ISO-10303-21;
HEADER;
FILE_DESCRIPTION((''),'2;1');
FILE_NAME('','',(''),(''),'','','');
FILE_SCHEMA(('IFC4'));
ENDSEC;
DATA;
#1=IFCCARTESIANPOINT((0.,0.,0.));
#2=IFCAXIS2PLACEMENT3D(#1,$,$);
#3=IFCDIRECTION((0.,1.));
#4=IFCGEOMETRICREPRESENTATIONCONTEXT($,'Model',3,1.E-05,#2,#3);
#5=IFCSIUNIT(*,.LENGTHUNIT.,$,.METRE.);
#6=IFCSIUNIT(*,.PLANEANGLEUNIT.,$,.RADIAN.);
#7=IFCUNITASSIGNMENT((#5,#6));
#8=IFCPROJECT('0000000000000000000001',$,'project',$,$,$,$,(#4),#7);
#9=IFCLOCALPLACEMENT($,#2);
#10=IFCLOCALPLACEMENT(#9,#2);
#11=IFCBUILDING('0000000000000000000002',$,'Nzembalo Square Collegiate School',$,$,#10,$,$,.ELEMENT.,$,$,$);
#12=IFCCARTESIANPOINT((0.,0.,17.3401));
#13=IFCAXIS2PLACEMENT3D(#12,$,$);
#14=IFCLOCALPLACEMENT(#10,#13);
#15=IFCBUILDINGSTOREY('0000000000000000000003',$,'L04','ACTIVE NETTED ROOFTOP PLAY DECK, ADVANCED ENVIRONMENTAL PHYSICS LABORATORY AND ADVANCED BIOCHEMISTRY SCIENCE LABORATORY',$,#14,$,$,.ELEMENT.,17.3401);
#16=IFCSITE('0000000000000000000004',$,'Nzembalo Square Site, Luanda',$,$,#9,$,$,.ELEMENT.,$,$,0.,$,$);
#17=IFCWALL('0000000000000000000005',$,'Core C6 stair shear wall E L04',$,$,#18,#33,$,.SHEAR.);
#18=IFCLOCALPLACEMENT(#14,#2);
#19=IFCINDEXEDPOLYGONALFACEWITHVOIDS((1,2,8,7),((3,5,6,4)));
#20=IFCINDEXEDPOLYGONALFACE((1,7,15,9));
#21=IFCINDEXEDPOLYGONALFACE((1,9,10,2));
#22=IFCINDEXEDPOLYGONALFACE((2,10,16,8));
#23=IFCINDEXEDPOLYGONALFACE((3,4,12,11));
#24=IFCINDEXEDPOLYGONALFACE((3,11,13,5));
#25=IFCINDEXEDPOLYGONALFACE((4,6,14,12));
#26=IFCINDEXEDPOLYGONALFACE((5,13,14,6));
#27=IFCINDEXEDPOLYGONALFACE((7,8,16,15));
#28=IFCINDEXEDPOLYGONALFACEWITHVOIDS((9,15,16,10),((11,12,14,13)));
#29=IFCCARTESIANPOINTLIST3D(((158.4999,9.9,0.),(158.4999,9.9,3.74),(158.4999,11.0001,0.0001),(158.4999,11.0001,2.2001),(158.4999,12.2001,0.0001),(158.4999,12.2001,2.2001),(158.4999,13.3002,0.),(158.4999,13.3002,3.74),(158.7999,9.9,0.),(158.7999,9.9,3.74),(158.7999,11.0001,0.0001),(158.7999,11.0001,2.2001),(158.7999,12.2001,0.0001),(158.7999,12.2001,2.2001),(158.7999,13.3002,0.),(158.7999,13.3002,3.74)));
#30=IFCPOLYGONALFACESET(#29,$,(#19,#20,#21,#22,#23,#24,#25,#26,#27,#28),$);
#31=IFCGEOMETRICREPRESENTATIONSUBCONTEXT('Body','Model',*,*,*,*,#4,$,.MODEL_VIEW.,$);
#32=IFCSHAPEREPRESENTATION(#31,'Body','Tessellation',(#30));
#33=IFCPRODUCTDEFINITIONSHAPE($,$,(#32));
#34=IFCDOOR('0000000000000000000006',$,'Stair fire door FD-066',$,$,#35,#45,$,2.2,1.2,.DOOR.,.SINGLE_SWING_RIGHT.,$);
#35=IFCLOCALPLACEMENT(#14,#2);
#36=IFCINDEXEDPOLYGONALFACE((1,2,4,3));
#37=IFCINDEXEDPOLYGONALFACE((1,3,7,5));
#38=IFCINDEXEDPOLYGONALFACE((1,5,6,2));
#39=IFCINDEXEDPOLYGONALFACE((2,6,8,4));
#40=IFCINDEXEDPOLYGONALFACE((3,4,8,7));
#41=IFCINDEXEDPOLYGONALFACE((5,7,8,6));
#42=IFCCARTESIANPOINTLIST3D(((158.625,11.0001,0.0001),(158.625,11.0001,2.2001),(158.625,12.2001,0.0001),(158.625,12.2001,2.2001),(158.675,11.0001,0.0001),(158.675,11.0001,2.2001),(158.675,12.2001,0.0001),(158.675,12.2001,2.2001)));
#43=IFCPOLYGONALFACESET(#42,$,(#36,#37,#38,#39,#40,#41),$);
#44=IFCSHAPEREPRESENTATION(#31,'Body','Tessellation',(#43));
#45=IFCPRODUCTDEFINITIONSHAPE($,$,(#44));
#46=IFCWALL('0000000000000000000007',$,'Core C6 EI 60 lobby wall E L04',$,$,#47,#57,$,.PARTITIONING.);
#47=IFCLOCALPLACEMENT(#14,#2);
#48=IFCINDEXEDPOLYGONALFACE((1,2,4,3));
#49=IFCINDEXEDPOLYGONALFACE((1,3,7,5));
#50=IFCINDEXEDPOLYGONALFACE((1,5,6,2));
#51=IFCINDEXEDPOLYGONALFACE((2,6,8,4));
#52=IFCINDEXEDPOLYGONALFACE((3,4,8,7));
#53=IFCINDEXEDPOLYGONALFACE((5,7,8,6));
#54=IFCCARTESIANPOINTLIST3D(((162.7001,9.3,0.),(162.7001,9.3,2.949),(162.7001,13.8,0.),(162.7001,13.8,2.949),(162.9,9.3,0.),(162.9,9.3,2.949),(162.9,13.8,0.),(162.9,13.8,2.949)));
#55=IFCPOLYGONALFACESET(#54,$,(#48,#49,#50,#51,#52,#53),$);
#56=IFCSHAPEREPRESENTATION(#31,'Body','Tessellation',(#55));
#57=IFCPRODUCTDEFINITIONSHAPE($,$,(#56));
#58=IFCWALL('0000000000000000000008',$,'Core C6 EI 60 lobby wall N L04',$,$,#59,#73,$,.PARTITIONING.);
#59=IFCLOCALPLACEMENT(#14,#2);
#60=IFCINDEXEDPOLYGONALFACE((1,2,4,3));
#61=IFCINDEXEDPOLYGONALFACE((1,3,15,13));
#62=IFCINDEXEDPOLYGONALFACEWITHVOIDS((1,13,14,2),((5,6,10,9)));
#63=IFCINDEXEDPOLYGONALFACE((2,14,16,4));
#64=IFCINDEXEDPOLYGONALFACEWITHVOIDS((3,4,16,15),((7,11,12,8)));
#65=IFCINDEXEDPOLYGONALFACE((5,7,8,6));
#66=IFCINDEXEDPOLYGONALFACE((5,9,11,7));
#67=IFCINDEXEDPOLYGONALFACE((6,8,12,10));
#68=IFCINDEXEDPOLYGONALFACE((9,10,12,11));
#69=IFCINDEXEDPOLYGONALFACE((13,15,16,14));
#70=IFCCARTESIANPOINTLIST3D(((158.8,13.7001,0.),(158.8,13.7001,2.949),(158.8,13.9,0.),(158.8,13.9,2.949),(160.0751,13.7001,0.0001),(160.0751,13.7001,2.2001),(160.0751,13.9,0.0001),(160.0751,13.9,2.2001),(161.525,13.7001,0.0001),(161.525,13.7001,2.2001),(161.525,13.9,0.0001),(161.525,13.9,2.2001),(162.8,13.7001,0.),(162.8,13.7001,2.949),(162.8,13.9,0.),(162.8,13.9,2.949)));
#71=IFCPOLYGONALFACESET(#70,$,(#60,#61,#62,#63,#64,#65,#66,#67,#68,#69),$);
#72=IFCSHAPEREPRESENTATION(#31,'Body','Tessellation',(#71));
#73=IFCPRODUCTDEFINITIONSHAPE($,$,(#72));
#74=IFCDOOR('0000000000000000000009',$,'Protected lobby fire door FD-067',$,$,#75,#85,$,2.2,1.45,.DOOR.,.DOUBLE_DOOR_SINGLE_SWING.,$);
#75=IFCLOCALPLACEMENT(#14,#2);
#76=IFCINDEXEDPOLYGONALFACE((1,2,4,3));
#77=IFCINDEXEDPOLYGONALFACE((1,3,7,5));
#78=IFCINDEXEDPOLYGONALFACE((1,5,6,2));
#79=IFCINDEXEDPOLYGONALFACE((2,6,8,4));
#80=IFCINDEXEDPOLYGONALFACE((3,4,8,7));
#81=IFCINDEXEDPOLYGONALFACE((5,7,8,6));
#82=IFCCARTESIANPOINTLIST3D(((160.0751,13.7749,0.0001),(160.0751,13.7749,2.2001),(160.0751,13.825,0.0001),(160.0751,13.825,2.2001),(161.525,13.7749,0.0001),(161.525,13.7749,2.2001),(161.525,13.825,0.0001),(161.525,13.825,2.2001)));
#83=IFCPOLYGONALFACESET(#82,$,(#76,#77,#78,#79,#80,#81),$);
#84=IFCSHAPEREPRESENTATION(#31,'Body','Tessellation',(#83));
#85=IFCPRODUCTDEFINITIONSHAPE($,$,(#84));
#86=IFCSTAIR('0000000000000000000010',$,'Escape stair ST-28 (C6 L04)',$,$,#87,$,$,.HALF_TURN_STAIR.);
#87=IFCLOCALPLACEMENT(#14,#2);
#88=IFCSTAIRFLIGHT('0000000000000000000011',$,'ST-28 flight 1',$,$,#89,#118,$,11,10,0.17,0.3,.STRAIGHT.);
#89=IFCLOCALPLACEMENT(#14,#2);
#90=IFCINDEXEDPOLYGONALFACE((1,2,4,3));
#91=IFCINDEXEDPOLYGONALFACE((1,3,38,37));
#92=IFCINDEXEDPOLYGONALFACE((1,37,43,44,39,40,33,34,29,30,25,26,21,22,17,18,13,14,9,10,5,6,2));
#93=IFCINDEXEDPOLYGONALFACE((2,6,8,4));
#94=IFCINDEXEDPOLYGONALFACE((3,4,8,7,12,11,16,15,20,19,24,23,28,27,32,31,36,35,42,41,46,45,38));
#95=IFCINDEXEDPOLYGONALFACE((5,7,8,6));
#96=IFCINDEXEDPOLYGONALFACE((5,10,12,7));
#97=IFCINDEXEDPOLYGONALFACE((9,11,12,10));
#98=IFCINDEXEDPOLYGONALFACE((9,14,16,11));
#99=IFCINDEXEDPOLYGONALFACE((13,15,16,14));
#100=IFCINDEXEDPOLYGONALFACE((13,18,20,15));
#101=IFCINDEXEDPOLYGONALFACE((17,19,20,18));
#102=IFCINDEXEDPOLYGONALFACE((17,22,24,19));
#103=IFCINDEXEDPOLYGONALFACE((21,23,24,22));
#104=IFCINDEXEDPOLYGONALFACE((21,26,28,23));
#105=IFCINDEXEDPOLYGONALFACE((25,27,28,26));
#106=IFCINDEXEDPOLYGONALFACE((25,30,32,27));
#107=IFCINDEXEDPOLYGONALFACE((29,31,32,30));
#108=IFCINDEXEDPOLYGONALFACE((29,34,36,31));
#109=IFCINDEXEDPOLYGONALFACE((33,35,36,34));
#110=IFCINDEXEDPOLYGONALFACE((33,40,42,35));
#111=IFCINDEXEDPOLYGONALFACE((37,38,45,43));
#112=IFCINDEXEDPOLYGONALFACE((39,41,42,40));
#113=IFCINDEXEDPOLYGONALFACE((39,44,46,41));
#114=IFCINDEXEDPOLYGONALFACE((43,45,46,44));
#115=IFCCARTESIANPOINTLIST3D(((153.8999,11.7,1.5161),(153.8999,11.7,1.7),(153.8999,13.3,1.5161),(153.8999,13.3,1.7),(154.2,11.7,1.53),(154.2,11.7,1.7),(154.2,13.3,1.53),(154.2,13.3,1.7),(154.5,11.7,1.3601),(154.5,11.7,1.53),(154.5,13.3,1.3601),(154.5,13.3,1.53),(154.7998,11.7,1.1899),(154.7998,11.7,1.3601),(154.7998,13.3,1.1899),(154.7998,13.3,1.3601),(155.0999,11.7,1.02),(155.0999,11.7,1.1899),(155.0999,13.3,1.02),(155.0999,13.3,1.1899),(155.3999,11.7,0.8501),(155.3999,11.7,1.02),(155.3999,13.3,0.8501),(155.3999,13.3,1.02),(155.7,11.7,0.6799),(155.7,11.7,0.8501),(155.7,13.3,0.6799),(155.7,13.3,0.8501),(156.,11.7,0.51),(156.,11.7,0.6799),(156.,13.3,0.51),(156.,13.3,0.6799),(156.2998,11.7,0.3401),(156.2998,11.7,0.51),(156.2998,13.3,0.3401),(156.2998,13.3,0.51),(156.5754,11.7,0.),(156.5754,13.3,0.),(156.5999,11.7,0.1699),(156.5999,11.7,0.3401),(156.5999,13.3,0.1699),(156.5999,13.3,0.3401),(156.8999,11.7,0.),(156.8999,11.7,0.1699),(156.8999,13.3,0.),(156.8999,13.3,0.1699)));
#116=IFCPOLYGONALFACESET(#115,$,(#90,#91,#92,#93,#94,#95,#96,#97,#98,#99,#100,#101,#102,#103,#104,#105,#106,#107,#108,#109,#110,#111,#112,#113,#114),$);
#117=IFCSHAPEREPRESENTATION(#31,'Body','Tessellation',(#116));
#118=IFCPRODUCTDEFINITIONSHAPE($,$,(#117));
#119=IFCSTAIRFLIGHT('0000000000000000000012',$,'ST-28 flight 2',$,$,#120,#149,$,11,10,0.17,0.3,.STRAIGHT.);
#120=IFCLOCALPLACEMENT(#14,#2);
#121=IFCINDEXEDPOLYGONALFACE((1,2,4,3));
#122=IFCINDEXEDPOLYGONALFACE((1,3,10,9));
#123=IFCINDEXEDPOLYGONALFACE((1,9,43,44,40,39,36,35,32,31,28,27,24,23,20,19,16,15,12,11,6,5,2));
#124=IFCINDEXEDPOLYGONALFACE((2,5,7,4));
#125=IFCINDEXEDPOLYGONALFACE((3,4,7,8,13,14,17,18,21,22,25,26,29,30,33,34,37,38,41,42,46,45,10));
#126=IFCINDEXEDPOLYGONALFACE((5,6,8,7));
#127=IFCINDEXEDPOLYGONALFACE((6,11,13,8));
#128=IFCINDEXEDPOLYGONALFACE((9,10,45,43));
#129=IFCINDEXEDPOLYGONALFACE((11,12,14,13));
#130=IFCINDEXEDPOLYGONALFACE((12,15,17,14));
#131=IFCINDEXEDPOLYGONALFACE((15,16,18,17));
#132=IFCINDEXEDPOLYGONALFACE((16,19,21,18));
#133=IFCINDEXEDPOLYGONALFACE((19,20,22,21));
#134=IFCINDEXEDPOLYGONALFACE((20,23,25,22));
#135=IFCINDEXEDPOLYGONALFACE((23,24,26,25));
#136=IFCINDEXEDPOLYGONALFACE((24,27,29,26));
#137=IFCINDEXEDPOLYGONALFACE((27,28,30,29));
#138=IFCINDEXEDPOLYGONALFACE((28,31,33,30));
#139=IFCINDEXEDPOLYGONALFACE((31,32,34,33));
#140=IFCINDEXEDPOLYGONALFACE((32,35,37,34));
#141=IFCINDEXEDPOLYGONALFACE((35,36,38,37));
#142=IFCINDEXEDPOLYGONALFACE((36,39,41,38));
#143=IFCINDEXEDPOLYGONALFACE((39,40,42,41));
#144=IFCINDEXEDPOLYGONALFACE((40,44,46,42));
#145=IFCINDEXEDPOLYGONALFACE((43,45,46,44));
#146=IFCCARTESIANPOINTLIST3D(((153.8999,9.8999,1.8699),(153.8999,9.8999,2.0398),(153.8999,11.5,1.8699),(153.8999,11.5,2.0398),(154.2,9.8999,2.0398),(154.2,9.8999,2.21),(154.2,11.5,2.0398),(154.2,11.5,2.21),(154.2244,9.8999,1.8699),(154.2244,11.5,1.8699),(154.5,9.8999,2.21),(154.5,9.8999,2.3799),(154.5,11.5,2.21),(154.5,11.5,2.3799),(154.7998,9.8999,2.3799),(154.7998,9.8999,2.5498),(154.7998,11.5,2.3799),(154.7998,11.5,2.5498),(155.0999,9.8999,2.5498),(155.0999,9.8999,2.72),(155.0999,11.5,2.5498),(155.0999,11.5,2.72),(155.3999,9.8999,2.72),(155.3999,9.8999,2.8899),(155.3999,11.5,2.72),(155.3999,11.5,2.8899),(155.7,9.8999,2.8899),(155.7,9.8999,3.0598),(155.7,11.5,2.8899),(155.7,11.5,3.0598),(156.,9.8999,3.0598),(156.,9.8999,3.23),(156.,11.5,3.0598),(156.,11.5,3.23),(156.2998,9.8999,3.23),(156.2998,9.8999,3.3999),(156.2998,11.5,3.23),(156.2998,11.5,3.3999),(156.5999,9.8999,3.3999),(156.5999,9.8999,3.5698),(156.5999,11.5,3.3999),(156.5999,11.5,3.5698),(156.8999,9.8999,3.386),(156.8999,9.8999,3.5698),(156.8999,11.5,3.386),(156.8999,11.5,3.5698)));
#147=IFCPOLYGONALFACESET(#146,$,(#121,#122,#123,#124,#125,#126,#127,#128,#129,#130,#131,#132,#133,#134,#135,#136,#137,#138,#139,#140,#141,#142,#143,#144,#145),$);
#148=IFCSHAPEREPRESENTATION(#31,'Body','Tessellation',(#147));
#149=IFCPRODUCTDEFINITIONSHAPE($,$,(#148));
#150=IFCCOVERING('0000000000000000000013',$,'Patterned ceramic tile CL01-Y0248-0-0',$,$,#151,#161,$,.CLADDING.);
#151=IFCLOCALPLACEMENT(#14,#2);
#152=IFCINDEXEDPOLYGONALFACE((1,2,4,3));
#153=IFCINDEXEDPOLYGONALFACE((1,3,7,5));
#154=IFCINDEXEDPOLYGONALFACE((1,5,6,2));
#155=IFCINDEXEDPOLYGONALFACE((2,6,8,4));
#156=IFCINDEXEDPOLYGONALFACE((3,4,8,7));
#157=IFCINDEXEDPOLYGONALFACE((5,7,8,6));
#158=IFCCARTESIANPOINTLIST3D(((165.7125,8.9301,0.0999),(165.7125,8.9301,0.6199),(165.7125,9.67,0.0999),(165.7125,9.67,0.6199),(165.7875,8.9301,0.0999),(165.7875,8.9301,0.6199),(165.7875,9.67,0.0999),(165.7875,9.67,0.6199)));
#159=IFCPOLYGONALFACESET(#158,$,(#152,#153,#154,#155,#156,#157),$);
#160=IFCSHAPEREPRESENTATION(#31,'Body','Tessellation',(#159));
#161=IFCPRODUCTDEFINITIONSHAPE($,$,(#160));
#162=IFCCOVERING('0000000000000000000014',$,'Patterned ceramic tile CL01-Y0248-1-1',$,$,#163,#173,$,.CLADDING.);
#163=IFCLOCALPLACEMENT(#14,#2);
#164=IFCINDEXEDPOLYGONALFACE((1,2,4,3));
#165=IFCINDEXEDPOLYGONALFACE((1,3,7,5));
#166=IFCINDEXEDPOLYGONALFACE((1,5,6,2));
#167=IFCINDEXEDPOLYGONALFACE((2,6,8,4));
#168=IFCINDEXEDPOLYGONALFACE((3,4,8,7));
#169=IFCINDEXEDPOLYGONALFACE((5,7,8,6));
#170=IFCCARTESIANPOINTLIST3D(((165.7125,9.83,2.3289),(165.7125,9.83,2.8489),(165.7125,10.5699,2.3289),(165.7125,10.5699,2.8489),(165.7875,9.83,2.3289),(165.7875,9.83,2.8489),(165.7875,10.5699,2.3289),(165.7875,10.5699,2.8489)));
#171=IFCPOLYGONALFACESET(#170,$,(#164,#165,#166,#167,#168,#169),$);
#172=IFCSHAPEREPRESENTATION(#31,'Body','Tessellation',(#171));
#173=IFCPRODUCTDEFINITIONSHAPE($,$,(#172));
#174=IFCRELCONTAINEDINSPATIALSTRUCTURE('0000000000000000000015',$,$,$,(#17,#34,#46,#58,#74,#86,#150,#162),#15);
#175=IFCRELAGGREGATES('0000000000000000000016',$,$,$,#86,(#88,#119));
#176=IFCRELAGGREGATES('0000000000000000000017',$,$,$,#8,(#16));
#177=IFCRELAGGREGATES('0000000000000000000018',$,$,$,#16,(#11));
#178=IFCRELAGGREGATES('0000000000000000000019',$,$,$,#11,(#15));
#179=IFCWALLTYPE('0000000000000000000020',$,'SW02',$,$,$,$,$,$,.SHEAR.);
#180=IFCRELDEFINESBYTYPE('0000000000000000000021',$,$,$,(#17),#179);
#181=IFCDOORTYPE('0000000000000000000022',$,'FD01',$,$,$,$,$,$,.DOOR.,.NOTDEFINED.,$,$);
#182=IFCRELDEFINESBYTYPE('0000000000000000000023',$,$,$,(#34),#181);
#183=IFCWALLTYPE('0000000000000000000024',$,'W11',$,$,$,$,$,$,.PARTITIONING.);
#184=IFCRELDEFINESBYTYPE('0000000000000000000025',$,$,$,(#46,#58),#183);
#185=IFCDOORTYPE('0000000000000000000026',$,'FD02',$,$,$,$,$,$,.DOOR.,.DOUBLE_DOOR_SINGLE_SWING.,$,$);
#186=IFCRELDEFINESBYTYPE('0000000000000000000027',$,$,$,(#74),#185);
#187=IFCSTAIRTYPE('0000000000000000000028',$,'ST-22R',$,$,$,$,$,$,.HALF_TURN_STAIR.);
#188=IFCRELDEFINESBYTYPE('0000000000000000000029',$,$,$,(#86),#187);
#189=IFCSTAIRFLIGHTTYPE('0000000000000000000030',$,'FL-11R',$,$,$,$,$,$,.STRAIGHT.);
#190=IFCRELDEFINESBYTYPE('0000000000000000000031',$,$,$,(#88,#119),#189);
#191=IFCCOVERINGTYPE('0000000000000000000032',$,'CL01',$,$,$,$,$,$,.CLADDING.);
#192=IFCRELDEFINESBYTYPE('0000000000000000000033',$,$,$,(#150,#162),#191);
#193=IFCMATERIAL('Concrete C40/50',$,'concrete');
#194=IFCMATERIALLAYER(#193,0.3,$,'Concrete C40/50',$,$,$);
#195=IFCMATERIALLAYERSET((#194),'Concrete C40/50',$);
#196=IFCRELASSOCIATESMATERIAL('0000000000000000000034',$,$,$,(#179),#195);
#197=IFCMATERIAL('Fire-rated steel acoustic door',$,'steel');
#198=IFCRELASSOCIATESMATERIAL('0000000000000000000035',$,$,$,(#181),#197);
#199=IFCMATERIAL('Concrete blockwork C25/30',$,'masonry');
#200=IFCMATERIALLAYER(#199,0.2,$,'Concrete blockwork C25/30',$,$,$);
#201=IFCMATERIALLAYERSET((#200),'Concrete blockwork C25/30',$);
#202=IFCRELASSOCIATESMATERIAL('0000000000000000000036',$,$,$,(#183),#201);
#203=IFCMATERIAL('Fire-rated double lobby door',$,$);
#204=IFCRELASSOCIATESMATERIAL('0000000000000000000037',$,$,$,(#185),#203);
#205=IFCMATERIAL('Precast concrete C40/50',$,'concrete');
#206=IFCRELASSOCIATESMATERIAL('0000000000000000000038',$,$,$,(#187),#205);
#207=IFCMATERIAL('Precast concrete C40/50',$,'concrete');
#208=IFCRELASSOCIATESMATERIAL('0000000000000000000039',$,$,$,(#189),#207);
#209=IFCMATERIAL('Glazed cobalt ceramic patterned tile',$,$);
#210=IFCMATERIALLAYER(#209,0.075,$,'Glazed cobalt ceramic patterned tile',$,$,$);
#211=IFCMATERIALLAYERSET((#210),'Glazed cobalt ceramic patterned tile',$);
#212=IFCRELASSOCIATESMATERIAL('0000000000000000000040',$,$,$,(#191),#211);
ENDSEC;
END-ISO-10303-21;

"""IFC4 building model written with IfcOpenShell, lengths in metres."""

from ifc_helpers import new_model, si_unit, direction, frame, frame_2d, origin, origin_2d, place, context, subcontext, project, spatial, polyline, rectangle, outline, extrude, material, layer, layer_set, type_object, element, fill, aggregate, save


model = new_model("IFC4")

# Units and contexts
model_context = context("Model", 3, precision=1e-05, world=origin(), true_north=direction((0.0, 1.0)))
body_context = subcontext(model_context, "Body", "Model", "MODEL_VIEW")
ifc_project = project(units=[si_unit("LENGTHUNIT", "METRE"), si_unit("PLANEANGLEUNIT", "RADIAN")], contexts=[model_context])

# Site, building, storey
site_placement = place(None, origin())
site = spatial("IfcSite", under=ifc_project, at=site_placement, Name="Nzembalo Square Site, Luanda", CompositionType="ELEMENT", RefElevation=0.0)
building_placement = place(site_placement, origin())
building = spatial("IfcBuilding", under=site, at=building_placement, Name="Nzembalo Square Collegiate School", CompositionType="ELEMENT")
storey_placement = place(building_placement, frame((0.0, 0.0, 17.3401)))
storey = spatial("IfcBuildingStorey", under=building, at=storey_placement, Name="L04", Description="ACTIVE NETTED ROOFTOP PLAY DECK, ADVANCED ENVIRONMENTAL PHYSICS LABORATORY AND ADVANCED BIOCHEMISTRY SCIENCE LABORATORY", CompositionType="ELEMENT", Elevation=17.3401)

# Wall, opening, door
ifc_material_1 = material(Name="Concrete C40/50", Category="concrete")
ifc_layer_1 = layer(ifc_material_1, 0.3, Name="Concrete C40/50")
ifc_layer_set_1 = layer_set([ifc_layer_1], Name="Concrete C40/50")
wall_type_1 = type_object("IfcWallType", Name="SW02", PredefinedType="SHEAR", material=ifc_layer_set_1)
wall_1_placement = place(storey_placement, frame((158.6499, 9.8999, 0.0), z_axis=(0.0, 0.0, 1.0), x_axis=(0.0, 1.0, 0.0)))
wall_1 = element("IfcWall", 1, at=wall_1_placement, inside=storey, type_object=wall_type_1, Name="Core C6 stair shear wall E L04", PredefinedType="SHEAR", context=body_context, shape_type="SweptSolid", body=[
    extrude(rectangle(XDim=3.4001, YDim=0.3, at=frame_2d((1.7002, 0.0))), origin(), (0.0, 0.0, 1.0), 3.74),
])
opening_1_placement = place(wall_1_placement, frame((1.1001, 0.0, 0.0)))
opening_1 = element("IfcOpeningElement", 2, at=opening_1_placement, cuts=wall_1, PredefinedType="OPENING", context=body_context, shape_type="SweptSolid", body=[
    extrude(rectangle(XDim=1.2, YDim=2.2, at=frame_2d((0.6001, 1.1001))), frame((0.0, 0.1602, 0.0), z_axis=(0.0, -1.0, 0.0), x_axis=(1.0, 0.0, 0.0)), (0.0, 0.0, 1.0), 0.3201),
])
ifc_material_2 = material(Name="Fire-rated steel acoustic door", Category="steel")
door_type_1 = type_object("IfcDoorType", Name="FD01", OperationType="NOTDEFINED", PredefinedType="DOOR", material=ifc_material_2)
door_1_placement = place(opening_1_placement, origin())
door_1 = element("IfcDoor", 3, at=door_1_placement, inside=storey, type_object=door_type_1, Name="Stair fire door FD-066", OperationType="SINGLE_SWING_RIGHT", OverallHeight=2.2, OverallWidth=1.2, PredefinedType="DOOR", context=body_context, shape_type="SweptSolid", body=[
    extrude(rectangle(XDim=1.2, YDim=2.2, at=frame_2d((0.6001, 1.1001))), frame((0.0, 0.0249, 0.0), z_axis=(0.0, -1.0, 0.0), x_axis=(1.0, 0.0, 0.0)), (0.0, 0.0, 1.0), 0.05),
])
fill(opening_1, door_1)

# Wall
ifc_material_3 = material(Name="Concrete blockwork C25/30", Category="masonry")
ifc_layer_2 = layer(ifc_material_3, 0.2, Name="Concrete blockwork C25/30")
ifc_layer_set_2 = layer_set([ifc_layer_2], Name="Concrete blockwork C25/30")
wall_type_2 = type_object("IfcWallType", Name="W11", PredefinedType="PARTITIONING", material=ifc_layer_set_2)
wall_2_placement = place(storey_placement, frame((162.8, 9.3, 0.0), z_axis=(0.0, 0.0, 1.0), x_axis=(0.0, 1.0, 0.0)))
element("IfcWall", 4, at=wall_2_placement, inside=storey, type_object=wall_type_2, Name="Core C6 EI 60 lobby wall E L04", PredefinedType="PARTITIONING", context=body_context, shape_type="SweptSolid", body=[
    extrude(rectangle(XDim=4.5, YDim=0.2, at=frame_2d((2.25, 0.0))), origin(), (0.0, 0.0, 1.0), 2.949),
])

# Wall, opening, door
wall_3_placement = place(storey_placement, frame((158.8, 13.8, 0.0), z_axis=(0.0, 0.0, 1.0), x_axis=(1.0, 0.0, 0.0)))
wall_3 = element("IfcWall", 5, at=wall_3_placement, inside=storey, type_object=wall_type_2, Name="Core C6 EI 60 lobby wall N L04", PredefinedType="PARTITIONING", context=body_context, shape_type="SweptSolid", body=[
    extrude(rectangle(XDim=4.0, YDim=0.2, at=frame_2d((2.0, 0.0))), origin(), (0.0, 0.0, 1.0), 2.949),
])
opening_2_placement = place(wall_3_placement, frame((1.2749, 0.0, 0.0)))
opening_2 = element("IfcOpeningElement", 6, at=opening_2_placement, cuts=wall_3, PredefinedType="OPENING", context=body_context, shape_type="SweptSolid", body=[
    extrude(rectangle(XDim=1.45, YDim=2.2, at=frame_2d((0.7251, 1.1001))), frame((0.0, 0.1099, 0.0), z_axis=(0.0, -1.0, 0.0), x_axis=(1.0, 0.0, 0.0)), (0.0, 0.0, 1.0), 0.22),
])
ifc_material_4 = material(Name="Fire-rated double lobby door")
door_type_2 = type_object("IfcDoorType", Name="FD02", OperationType="DOUBLE_DOOR_SINGLE_SWING", PredefinedType="DOOR", material=ifc_material_4)
door_2_placement = place(opening_2_placement, origin())
door_2 = element("IfcDoor", 7, at=door_2_placement, inside=storey, type_object=door_type_2, Name="Protected lobby fire door FD-067", OperationType="DOUBLE_DOOR_SINGLE_SWING", OverallHeight=2.2, OverallWidth=1.45, PredefinedType="DOOR", context=body_context, shape_type="SweptSolid", body=[
    extrude(rectangle(XDim=1.45, YDim=2.2, at=frame_2d((0.7251, 1.1001))), frame((0.0, 0.0249, 0.0), z_axis=(0.0, -1.0, 0.0), x_axis=(1.0, 0.0, 0.0)), (0.0, 0.0, 1.0), 0.05),
])
fill(opening_2, door_2)

# Stair, stair flights
ifc_material_5 = material(Name="Precast concrete C40/50", Category="concrete")
stair_type = type_object("IfcStairType", Name="ST-22R", PredefinedType="HALF_TURN_STAIR", material=ifc_material_5)
stair_placement = place(storey_placement, origin())
stair = element("IfcStair", 8, at=stair_placement, inside=storey, type_object=stair_type, Name="Escape stair ST-28 (C6 L04)", PredefinedType="HALF_TURN_STAIR")
ifc_material_6 = material(Name="Precast concrete C40/50", Category="concrete")
stair_flight_type = type_object("IfcStairFlightType", Name="FL-11R", PredefinedType="STRAIGHT", material=ifc_material_6)
stair_flight_1_placement = place(storey_placement, frame((156.8999, 12.5, 0.0), z_axis=(0.0, 0.0, 1.0), x_axis=(-1.0, 0.0, 0.0)))
stair_flight_1 = element("IfcStairFlight", 9, at=stair_flight_1_placement, type_object=stair_flight_type, Name="ST-28 flight 1", NumberOfRisers=11, NumberOfTreads=10, PredefinedType="STRAIGHT", RiserHeight=0.17, TreadLength=0.3, context=body_context, shape_type="SweptSolid", body=[
    extrude(outline(polyline([(0.0, 0.0), (0.0, 0.1699), (0.3, 0.1699), (0.3, 0.3401), (0.6001, 0.3401), (0.6001, 0.51), (0.8999, 0.51), (0.8999, 0.6799), (1.2, 0.6799), (1.2, 0.8501), (1.5, 0.8501), (1.5, 1.02), (1.8, 1.02), (1.8, 1.1899), (2.1001, 1.1899), (2.1001, 1.3601), (2.3999, 1.3601), (2.3999, 1.53), (2.7, 1.53), (2.7, 1.7), (3.0, 1.7), (3.0, 1.8701), (3.0, 1.5161), (0.3245, 0.0), (0.0, 0.0)])), frame((0.0, 0.8, 0.0), z_axis=(0.0, -1.0, 0.0), x_axis=(1.0, 0.0, 0.0)), (0.0, 0.0, 1.0), 1.6001),
])
stair_flight_2_placement = place(storey_placement, frame((153.8999, 10.7, 1.8699), z_axis=(0.0, 0.0, 1.0), x_axis=(1.0, 0.0, 0.0)))
stair_flight_2 = element("IfcStairFlight", 10, at=stair_flight_2_placement, type_object=stair_flight_type, Name="ST-28 flight 2", NumberOfRisers=11, NumberOfTreads=10, PredefinedType="STRAIGHT", RiserHeight=0.17, TreadLength=0.3, context=body_context, shape_type="SweptSolid", body=[
    extrude(outline(polyline([(0.0, 0.0), (0.0, 0.1699), (0.3, 0.1699), (0.3, 0.3401), (0.6001, 0.3401), (0.6001, 0.51), (0.8999, 0.51), (0.8999, 0.6799), (1.2, 0.6799), (1.2, 0.8501), (1.5, 0.8501), (1.5, 1.02), (1.8, 1.02), (1.8, 1.1899), (2.1001, 1.1899), (2.1001, 1.3601), (2.3999, 1.3601), (2.3999, 1.53), (2.7, 1.53), (2.7, 1.7), (3.0, 1.7), (3.0, 1.8701), (3.0, 1.5161), (0.3245, 0.0), (0.0, 0.0)])), frame((0.0, 0.8, 0.0), z_axis=(0.0, -1.0, 0.0), x_axis=(1.0, 0.0, 0.0)), (0.0, 0.0, 1.0), 1.6001),
])
aggregate(stair, [stair_flight_1, stair_flight_2])

# Coverings
ifc_material_7 = material(Name="Glazed cobalt ceramic patterned tile")
ifc_layer_3 = layer(ifc_material_7, 0.075, Name="Glazed cobalt ceramic patterned tile")
ifc_layer_set_3 = layer_set([ifc_layer_3], Name="Glazed cobalt ceramic patterned tile")
covering_type_1 = type_object("IfcCoveringType", Name="CL01", PredefinedType="CLADDING", material=ifc_layer_set_3)
for number, where, z_axis, x_axis, name in (
    (11, (165.75, 9.3, 0.0999), (0.0, 0.0, 1.0), (1.0, 0.0, 0.0), "Patterned ceramic tile CL01-Y0248-0-0"),
    (12, (165.75, 10.2, 2.3289), (0.0, 0.0, 1.0), (1.0, 0.0, 0.0), "Patterned ceramic tile CL01-Y0248-1-1"),
):
    element("IfcCovering", number, at=place(storey_placement, frame(where, z_axis=z_axis, x_axis=x_axis)), inside=storey, type_object=covering_type_1, Name=name, PredefinedType="CLADDING", context=body_context, shape_type="SweptSolid", body=[
        extrude(rectangle(XDim=0.075, YDim=0.74, at=origin_2d()), origin(), (0.0, 0.0, 1.0), 0.52),
    ])

save(model, "model.ifc")
